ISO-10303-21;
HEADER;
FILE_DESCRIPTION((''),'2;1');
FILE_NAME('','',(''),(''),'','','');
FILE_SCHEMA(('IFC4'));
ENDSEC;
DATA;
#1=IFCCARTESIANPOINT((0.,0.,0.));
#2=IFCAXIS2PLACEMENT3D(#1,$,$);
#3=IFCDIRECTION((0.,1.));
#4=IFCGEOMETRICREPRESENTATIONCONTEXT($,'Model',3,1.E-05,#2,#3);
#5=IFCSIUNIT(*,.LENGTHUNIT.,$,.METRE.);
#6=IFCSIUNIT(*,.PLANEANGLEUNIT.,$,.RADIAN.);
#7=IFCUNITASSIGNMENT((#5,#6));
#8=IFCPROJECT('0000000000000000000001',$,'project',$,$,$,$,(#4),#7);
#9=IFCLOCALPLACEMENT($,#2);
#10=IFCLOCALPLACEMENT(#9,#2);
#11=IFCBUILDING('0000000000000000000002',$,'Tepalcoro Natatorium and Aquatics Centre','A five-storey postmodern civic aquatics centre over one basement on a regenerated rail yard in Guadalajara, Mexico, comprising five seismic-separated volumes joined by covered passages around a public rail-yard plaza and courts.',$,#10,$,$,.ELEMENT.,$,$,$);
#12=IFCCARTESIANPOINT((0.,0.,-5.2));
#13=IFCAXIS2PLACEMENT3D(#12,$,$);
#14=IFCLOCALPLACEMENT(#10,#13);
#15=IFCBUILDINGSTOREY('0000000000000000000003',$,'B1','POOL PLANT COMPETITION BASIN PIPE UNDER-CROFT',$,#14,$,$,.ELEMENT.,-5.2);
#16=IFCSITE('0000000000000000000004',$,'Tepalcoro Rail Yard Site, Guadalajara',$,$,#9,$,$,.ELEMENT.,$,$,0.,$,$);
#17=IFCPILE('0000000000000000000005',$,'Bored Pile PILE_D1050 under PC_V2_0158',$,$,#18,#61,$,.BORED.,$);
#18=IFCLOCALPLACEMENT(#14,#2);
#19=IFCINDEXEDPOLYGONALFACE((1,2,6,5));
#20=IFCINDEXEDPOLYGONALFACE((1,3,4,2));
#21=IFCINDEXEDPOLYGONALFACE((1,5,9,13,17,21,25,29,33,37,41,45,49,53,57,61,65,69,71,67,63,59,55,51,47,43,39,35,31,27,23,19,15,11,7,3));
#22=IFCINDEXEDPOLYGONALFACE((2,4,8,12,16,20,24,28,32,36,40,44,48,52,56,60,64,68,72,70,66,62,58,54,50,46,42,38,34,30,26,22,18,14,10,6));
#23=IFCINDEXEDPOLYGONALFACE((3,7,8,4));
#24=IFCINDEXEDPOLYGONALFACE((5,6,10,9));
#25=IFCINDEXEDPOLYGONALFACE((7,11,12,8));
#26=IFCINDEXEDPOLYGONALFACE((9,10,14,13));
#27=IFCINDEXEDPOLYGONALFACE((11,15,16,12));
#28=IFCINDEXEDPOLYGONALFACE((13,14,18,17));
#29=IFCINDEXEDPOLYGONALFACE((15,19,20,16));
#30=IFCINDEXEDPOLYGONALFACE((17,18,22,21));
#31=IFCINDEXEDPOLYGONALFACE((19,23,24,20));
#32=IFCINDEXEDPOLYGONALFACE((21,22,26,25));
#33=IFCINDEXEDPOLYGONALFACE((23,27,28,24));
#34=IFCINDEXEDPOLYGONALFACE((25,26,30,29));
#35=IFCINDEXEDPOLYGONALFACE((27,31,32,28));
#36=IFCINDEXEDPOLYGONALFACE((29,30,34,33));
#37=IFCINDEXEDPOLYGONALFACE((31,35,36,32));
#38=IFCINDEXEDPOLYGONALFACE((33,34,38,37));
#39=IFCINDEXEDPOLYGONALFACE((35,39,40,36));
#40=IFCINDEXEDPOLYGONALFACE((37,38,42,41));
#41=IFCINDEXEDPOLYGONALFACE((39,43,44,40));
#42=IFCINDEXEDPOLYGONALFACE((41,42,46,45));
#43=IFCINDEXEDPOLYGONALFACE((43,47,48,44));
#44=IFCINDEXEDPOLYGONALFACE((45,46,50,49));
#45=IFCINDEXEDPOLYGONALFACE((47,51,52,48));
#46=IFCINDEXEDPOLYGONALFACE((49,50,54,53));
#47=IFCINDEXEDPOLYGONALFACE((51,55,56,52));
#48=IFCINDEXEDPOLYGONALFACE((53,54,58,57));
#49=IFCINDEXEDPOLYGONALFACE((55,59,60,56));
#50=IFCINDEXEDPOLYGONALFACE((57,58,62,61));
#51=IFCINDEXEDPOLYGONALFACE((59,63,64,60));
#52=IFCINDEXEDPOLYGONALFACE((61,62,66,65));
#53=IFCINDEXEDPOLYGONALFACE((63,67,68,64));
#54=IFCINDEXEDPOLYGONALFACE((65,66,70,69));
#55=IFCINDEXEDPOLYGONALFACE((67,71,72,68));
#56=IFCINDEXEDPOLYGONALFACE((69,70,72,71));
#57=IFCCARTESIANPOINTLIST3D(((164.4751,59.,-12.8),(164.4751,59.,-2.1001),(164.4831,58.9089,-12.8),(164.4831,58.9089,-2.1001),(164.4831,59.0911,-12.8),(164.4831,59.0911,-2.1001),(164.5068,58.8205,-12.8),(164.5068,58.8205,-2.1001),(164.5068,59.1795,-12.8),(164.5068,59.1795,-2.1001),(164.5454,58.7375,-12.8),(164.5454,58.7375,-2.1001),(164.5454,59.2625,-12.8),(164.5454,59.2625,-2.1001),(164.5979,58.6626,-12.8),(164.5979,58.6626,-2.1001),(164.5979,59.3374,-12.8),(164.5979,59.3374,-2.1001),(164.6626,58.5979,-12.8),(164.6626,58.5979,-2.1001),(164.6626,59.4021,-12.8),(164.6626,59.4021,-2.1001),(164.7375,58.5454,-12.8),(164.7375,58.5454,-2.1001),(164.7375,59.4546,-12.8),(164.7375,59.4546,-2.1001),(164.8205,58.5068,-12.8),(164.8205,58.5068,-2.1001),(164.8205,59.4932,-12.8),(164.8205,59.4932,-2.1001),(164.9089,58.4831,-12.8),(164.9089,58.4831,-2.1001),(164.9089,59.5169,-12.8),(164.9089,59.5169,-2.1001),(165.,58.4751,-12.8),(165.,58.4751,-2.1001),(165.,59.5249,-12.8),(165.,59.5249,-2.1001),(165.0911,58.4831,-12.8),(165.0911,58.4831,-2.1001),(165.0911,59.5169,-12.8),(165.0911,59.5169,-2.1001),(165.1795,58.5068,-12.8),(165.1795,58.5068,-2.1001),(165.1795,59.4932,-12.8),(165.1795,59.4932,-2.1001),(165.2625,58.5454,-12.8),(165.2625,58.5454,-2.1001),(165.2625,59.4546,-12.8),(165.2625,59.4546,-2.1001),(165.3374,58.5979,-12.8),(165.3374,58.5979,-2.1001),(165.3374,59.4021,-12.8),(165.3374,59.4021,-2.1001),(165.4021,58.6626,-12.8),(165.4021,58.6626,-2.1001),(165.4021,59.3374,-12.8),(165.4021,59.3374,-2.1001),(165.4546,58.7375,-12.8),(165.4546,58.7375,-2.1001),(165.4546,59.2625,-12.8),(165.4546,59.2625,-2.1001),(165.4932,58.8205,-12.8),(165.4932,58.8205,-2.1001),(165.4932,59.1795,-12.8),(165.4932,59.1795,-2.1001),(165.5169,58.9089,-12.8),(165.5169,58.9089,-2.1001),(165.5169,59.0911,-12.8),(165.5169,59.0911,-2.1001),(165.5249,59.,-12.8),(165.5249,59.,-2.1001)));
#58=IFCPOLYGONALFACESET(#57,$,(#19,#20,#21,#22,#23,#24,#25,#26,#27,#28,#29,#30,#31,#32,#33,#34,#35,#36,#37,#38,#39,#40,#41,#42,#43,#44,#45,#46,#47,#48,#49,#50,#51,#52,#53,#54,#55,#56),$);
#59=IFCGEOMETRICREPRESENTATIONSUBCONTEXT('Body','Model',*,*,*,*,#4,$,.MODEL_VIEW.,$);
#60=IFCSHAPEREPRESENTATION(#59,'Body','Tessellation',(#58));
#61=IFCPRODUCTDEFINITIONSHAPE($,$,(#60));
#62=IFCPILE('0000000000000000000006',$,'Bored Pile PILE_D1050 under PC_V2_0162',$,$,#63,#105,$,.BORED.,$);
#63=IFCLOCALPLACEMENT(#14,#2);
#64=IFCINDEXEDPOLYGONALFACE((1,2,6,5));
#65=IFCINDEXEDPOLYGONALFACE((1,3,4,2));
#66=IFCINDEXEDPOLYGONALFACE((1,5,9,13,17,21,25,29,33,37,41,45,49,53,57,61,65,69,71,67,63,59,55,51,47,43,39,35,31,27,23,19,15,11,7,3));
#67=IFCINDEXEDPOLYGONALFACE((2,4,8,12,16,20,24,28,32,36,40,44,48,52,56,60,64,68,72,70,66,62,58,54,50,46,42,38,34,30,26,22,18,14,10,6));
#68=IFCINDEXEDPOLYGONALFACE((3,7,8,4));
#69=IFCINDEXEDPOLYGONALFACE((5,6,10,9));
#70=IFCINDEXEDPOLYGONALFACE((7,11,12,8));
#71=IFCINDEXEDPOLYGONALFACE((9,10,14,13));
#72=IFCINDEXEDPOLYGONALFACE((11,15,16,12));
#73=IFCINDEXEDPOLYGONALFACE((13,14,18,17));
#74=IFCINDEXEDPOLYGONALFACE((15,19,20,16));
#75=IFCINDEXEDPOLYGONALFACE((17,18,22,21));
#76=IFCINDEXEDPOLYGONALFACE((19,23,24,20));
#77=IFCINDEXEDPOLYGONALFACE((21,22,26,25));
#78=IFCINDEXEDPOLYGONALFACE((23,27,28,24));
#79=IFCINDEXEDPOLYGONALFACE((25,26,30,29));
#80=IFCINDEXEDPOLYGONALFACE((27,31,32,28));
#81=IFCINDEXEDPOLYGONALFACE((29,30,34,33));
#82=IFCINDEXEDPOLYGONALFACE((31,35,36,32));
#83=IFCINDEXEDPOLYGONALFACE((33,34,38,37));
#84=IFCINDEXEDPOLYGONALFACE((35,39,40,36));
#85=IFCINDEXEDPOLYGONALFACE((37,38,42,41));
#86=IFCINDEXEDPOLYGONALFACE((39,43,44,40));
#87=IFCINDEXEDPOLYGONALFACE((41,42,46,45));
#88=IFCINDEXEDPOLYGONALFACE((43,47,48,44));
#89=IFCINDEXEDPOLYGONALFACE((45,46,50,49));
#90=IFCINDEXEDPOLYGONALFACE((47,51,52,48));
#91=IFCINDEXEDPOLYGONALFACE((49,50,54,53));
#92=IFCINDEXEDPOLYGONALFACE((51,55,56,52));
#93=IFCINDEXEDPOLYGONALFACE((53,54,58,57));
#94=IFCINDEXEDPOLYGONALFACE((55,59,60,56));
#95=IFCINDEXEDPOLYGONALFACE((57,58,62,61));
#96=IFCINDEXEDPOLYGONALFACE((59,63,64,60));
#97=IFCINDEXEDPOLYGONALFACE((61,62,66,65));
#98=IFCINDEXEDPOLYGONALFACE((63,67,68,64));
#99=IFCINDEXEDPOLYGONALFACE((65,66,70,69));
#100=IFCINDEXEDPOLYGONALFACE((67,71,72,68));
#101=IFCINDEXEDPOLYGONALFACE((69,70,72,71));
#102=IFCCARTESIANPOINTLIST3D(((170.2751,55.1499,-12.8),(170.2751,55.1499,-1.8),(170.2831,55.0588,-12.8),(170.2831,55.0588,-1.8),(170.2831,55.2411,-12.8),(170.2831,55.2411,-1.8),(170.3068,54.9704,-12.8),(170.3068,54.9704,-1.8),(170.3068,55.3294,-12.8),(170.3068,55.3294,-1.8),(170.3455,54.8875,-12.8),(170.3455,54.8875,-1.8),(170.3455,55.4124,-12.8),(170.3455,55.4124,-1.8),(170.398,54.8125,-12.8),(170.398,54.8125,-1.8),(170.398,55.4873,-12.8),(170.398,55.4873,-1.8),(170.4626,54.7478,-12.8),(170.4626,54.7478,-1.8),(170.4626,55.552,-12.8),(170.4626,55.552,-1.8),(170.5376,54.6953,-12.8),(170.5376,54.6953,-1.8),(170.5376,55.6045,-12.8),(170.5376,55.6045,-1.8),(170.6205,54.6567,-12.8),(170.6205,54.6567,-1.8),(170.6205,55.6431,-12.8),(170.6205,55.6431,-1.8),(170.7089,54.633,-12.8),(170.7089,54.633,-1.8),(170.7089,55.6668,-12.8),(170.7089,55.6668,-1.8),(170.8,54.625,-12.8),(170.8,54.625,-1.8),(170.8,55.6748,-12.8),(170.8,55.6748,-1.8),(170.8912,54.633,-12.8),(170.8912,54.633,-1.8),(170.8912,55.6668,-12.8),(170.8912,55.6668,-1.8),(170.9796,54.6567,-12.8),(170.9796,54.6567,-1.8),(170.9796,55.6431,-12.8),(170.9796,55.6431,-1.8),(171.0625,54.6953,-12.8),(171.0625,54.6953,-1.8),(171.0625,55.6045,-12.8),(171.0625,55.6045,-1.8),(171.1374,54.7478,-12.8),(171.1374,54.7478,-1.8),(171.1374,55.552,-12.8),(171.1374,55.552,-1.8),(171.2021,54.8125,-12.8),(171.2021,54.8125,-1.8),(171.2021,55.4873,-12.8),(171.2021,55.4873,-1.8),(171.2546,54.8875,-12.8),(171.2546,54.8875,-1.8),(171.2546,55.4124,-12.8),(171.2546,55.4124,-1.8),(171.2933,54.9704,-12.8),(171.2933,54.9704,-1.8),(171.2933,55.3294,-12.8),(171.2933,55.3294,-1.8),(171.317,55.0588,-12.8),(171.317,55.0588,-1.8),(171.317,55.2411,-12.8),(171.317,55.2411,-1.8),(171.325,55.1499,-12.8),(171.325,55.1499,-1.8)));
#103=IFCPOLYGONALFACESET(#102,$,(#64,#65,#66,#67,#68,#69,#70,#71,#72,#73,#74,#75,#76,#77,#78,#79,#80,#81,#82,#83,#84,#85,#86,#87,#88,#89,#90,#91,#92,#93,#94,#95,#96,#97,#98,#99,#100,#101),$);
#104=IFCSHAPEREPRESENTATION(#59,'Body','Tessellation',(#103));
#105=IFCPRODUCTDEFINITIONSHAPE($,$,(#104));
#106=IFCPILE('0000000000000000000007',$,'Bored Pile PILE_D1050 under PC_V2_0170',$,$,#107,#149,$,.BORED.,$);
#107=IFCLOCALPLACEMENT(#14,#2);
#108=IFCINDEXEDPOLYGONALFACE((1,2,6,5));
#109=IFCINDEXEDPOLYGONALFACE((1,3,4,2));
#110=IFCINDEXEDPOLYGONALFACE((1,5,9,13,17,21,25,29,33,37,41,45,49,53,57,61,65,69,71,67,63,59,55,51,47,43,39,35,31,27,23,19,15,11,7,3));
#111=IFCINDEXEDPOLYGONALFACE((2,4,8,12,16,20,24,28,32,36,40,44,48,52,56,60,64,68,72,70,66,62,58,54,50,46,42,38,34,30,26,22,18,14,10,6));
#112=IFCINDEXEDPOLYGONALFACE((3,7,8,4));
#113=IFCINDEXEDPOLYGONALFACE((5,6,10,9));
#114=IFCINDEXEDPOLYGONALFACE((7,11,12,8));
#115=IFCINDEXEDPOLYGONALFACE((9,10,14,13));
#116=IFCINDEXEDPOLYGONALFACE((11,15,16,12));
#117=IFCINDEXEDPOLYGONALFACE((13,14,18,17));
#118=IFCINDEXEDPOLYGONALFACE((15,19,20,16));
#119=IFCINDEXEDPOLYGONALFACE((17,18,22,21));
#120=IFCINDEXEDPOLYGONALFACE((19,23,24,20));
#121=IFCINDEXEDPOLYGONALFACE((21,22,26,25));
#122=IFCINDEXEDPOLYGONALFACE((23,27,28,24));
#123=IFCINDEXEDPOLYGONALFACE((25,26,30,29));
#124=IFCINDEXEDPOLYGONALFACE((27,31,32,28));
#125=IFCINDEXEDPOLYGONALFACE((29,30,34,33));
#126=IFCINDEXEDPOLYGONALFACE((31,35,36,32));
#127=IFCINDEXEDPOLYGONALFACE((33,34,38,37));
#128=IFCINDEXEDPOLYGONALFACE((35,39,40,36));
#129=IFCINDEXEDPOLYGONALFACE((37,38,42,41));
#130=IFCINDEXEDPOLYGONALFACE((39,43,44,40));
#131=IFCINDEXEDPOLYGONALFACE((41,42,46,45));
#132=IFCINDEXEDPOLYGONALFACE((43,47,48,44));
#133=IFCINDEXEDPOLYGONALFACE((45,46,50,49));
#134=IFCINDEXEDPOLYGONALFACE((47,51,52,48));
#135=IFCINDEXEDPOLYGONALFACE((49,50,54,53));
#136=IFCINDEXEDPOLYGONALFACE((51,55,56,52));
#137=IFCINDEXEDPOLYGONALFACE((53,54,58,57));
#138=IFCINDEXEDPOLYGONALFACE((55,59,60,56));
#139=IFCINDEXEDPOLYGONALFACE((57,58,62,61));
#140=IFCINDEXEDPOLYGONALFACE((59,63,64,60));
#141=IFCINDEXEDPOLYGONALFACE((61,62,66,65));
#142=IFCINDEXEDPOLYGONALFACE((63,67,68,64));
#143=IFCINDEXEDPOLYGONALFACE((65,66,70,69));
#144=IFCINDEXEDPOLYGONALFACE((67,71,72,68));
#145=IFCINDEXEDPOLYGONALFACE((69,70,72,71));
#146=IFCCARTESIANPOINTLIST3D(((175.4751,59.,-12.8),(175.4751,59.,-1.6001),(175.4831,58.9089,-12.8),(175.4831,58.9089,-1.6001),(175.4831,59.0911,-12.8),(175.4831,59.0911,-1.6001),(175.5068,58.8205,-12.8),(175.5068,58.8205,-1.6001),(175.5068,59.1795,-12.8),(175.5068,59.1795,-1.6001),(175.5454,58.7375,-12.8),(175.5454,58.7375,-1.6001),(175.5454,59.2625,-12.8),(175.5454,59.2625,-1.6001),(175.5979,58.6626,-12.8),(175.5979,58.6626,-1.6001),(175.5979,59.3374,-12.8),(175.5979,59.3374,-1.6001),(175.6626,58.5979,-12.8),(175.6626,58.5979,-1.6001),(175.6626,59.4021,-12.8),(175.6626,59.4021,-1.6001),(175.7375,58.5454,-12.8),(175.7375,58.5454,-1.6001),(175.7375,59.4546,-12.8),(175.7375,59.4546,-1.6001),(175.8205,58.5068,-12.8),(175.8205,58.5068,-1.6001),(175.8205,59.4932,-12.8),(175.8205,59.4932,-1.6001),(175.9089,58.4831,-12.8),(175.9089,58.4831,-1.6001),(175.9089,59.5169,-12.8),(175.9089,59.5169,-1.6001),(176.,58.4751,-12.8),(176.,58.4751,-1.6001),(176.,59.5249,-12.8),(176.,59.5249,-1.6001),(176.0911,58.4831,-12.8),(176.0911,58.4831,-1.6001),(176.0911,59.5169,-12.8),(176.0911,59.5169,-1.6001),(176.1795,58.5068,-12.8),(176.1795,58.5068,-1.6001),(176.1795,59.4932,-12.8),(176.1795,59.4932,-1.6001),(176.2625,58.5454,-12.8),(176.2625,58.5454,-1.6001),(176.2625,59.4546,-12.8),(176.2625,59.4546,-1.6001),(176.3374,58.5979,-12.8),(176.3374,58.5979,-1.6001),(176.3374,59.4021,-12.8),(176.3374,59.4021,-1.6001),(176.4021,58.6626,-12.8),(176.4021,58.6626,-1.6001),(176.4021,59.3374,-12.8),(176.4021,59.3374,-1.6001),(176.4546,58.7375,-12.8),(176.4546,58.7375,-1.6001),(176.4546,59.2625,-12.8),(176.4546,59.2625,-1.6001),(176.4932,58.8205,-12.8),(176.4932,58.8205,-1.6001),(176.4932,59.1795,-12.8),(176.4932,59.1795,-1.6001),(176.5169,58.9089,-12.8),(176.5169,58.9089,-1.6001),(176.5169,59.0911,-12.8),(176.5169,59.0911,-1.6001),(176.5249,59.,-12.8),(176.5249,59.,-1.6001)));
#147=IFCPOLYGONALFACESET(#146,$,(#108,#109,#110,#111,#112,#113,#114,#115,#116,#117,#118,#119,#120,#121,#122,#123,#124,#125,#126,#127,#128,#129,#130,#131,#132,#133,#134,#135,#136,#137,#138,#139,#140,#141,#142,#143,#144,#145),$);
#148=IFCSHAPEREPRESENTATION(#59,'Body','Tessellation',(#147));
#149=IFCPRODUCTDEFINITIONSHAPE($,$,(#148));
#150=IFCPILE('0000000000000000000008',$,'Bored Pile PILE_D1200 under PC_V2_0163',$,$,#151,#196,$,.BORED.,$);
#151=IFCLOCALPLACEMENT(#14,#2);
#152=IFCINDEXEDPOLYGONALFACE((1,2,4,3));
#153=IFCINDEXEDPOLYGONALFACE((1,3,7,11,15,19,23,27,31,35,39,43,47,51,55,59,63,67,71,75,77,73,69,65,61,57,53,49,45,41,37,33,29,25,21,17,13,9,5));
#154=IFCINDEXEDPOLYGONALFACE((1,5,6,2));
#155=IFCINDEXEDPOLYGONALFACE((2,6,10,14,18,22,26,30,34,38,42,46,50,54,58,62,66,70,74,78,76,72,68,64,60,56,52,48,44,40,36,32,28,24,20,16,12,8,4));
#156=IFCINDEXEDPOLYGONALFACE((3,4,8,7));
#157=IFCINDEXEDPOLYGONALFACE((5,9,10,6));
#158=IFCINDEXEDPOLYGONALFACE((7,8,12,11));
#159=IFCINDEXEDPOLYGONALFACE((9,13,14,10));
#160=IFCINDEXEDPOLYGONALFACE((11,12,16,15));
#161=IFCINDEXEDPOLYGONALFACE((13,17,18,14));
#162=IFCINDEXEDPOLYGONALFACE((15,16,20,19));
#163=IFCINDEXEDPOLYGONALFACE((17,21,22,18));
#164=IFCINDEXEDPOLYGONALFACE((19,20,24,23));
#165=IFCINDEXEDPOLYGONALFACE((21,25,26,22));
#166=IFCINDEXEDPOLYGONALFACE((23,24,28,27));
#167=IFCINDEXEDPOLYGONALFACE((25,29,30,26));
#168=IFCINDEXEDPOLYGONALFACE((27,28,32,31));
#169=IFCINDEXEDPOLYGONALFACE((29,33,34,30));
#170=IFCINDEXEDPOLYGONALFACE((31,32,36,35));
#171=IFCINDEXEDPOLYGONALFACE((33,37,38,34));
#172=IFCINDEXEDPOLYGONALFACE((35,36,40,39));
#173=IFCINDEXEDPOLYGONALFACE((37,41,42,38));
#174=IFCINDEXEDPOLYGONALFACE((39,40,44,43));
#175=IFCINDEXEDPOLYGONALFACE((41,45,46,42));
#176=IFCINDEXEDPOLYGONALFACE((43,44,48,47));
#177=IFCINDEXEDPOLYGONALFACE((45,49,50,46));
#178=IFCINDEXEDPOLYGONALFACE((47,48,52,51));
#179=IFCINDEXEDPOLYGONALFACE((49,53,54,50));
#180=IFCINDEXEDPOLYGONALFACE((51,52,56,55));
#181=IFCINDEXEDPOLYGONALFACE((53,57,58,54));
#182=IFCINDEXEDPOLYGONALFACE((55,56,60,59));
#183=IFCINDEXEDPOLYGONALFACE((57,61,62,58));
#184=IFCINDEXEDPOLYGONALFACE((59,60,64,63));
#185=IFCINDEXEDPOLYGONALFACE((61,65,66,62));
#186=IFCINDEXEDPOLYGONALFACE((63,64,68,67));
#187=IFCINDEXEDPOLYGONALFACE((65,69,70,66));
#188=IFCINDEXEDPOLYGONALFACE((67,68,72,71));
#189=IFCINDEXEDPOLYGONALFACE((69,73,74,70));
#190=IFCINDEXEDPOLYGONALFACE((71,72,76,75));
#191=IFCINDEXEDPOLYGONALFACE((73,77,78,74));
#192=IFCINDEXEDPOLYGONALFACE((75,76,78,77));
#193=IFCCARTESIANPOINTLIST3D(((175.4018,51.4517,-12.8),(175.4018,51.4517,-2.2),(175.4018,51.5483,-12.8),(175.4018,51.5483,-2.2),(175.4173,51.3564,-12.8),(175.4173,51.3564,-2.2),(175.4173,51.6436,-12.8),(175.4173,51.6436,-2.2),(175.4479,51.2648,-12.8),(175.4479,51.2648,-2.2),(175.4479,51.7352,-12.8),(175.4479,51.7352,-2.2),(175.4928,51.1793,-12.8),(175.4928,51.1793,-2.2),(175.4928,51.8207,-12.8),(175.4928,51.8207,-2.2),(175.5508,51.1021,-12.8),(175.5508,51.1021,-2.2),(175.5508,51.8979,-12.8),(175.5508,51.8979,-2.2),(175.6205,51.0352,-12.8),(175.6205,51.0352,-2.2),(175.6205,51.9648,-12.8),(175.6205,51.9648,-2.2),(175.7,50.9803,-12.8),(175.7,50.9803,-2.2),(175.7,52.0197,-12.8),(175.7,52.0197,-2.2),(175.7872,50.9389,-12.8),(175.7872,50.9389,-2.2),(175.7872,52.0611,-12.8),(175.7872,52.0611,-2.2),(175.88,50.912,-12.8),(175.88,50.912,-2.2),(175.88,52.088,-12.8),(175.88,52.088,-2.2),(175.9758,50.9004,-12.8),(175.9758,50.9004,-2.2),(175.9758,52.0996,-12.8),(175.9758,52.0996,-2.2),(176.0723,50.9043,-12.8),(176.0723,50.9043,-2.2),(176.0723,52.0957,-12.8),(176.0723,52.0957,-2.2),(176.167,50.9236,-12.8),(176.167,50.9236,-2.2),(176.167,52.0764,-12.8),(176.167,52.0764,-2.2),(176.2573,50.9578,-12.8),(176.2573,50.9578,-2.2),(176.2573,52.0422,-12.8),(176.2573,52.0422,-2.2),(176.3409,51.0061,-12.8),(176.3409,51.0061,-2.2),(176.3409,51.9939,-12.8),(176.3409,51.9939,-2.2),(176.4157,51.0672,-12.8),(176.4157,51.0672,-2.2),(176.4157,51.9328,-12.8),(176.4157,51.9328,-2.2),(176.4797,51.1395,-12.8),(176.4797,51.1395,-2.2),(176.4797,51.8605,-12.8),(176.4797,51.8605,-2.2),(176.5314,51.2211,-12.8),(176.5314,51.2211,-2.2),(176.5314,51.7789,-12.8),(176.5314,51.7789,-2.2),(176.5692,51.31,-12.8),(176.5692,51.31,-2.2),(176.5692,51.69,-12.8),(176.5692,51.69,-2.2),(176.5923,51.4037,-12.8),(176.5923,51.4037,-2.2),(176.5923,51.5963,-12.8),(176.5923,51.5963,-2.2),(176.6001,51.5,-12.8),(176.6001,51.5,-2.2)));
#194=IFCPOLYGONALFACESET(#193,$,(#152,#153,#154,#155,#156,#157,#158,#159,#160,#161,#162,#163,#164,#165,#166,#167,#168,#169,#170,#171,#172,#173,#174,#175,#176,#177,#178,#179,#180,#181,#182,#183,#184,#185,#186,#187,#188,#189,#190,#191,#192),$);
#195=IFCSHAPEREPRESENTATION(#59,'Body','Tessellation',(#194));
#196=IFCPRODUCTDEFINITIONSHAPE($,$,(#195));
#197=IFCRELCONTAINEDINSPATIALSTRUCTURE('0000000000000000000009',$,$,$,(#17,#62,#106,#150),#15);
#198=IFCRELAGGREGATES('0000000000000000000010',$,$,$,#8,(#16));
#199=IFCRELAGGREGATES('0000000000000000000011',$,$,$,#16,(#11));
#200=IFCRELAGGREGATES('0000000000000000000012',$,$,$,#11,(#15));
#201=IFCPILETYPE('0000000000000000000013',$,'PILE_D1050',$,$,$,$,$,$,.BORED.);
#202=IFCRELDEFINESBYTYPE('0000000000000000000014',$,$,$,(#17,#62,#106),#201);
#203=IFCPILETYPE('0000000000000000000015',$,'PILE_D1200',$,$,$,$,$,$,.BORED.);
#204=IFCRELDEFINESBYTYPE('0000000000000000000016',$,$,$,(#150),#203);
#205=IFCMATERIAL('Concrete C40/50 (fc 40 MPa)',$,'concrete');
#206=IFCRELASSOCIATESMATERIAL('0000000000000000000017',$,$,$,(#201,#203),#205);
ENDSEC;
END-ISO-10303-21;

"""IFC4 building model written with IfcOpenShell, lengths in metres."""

from ifc_helpers import new_model, si_unit, direction, frame, origin, origin_2d, place, context, subcontext, project, spatial, circle, extrude, material, material_profile, profile_set, type_object, element, save


model = new_model("IFC4")

# Units and contexts
model_context = context("Model", 3, precision=1e-05, world=origin(), true_north=direction((0.0, 1.0)))
body_context = subcontext(model_context, "Body", "Model", "MODEL_VIEW")
ifc_project = project(units=[si_unit("LENGTHUNIT", "METRE"), si_unit("PLANEANGLEUNIT", "RADIAN")], contexts=[model_context])

# Site, building, storey
site_placement = place(None, origin())
site = spatial("IfcSite", under=ifc_project, at=site_placement, Name="Tepalcoro Rail Yard Site, Guadalajara", CompositionType="ELEMENT", RefElevation=0.0)
building_placement = place(site_placement, origin())
building = spatial("IfcBuilding", under=site, at=building_placement, Name="Tepalcoro Natatorium and Aquatics Centre", Description="A five-storey postmodern civic aquatics centre over one basement on a regenerated rail yard in Guadalajara, Mexico, comprising five seismic-separated volumes joined by covered passages around a public rail-yard plaza and courts.", CompositionType="ELEMENT")
storey_placement = place(building_placement, frame((0.0, 0.0, -5.2)))
storey = spatial("IfcBuildingStorey", under=building, at=storey_placement, Name="B1", Description="POOL PLANT COMPETITION BASIN PIPE UNDER-CROFT", CompositionType="ELEMENT", Elevation=-5.2)

# Piles
ifc_material_1 = material(Name="Concrete C40/50 (fc 40 MPa)", Category="concrete")
ifc_material_profile_1 = material_profile(ifc_material_1, circle(Radius=0.5249, at=origin_2d()), Name="PILE_D1050")
ifc_profile_set_1 = profile_set([ifc_material_profile_1], Name="Concrete C40/50 (fc 40 MPa)")
pile_type_1 = type_object("IfcPileType", Name="PILE_D1050", PredefinedType="BORED", material=ifc_profile_set_1)
pile_1_placement = place(storey_placement, frame((165.0, 59.0, -2.1001), z_axis=(0.0, 0.0, -1.0), x_axis=(1.0, 0.0, 0.0)))
element("IfcPile", 1, at=pile_1_placement, inside=storey, type_object=pile_type_1, Name="Bored Pile PILE_D1050 under PC_V2_0158", PredefinedType="BORED", context=body_context, shape_type="SweptSolid", body=[
    extrude(circle(Radius=0.5249, at=origin_2d()), origin(), (0.0, 0.0, 1.0), 10.7),
])
pile_2_placement = place(storey_placement, frame((170.8, 55.1499, -1.8), z_axis=(0.0, 0.0, -1.0), x_axis=(1.0, 0.0, 0.0)))
element("IfcPile", 2, at=pile_2_placement, inside=storey, type_object=pile_type_1, Name="Bored Pile PILE_D1050 under PC_V2_0162", PredefinedType="BORED", context=body_context, shape_type="SweptSolid", body=[
    extrude(circle(Radius=0.5249, at=origin_2d()), origin(), (0.0, 0.0, 1.0), 11.0),
])
pile_3_placement = place(storey_placement, frame((176.0, 59.0, -1.6001), z_axis=(0.0, 0.0, -1.0), x_axis=(1.0, 0.0, 0.0)))
element("IfcPile", 3, at=pile_3_placement, inside=storey, type_object=pile_type_1, Name="Bored Pile PILE_D1050 under PC_V2_0170", PredefinedType="BORED", context=body_context, shape_type="SweptSolid", body=[
    extrude(circle(Radius=0.5249, at=origin_2d()), origin(), (0.0, 0.0, 1.0), 11.2),
])
ifc_material_profile_2 = material_profile(ifc_material_1, circle(Radius=0.6001, at=origin_2d()), Name="PILE_D1200")
ifc_profile_set_2 = profile_set([ifc_material_profile_2], Name="Concrete C40/50 (fc 40 MPa)")
pile_type_2 = type_object("IfcPileType", Name="PILE_D1200", PredefinedType="BORED", material=ifc_profile_set_2)
pile_4_placement = place(storey_placement, frame((176.0, 51.5, -2.2), z_axis=(0.0, 0.0, -1.0), x_axis=(1.0, 0.0, 0.0)))
element("IfcPile", 4, at=pile_4_placement, inside=storey, type_object=pile_type_2, Name="Bored Pile PILE_D1200 under PC_V2_0163", PredefinedType="BORED", context=body_context, shape_type="SweptSolid", body=[
    extrude(circle(Radius=0.6001, at=origin_2d()), origin(), (0.0, 0.0, 1.0), 10.6001),
])

save(model, "model.ifc")
